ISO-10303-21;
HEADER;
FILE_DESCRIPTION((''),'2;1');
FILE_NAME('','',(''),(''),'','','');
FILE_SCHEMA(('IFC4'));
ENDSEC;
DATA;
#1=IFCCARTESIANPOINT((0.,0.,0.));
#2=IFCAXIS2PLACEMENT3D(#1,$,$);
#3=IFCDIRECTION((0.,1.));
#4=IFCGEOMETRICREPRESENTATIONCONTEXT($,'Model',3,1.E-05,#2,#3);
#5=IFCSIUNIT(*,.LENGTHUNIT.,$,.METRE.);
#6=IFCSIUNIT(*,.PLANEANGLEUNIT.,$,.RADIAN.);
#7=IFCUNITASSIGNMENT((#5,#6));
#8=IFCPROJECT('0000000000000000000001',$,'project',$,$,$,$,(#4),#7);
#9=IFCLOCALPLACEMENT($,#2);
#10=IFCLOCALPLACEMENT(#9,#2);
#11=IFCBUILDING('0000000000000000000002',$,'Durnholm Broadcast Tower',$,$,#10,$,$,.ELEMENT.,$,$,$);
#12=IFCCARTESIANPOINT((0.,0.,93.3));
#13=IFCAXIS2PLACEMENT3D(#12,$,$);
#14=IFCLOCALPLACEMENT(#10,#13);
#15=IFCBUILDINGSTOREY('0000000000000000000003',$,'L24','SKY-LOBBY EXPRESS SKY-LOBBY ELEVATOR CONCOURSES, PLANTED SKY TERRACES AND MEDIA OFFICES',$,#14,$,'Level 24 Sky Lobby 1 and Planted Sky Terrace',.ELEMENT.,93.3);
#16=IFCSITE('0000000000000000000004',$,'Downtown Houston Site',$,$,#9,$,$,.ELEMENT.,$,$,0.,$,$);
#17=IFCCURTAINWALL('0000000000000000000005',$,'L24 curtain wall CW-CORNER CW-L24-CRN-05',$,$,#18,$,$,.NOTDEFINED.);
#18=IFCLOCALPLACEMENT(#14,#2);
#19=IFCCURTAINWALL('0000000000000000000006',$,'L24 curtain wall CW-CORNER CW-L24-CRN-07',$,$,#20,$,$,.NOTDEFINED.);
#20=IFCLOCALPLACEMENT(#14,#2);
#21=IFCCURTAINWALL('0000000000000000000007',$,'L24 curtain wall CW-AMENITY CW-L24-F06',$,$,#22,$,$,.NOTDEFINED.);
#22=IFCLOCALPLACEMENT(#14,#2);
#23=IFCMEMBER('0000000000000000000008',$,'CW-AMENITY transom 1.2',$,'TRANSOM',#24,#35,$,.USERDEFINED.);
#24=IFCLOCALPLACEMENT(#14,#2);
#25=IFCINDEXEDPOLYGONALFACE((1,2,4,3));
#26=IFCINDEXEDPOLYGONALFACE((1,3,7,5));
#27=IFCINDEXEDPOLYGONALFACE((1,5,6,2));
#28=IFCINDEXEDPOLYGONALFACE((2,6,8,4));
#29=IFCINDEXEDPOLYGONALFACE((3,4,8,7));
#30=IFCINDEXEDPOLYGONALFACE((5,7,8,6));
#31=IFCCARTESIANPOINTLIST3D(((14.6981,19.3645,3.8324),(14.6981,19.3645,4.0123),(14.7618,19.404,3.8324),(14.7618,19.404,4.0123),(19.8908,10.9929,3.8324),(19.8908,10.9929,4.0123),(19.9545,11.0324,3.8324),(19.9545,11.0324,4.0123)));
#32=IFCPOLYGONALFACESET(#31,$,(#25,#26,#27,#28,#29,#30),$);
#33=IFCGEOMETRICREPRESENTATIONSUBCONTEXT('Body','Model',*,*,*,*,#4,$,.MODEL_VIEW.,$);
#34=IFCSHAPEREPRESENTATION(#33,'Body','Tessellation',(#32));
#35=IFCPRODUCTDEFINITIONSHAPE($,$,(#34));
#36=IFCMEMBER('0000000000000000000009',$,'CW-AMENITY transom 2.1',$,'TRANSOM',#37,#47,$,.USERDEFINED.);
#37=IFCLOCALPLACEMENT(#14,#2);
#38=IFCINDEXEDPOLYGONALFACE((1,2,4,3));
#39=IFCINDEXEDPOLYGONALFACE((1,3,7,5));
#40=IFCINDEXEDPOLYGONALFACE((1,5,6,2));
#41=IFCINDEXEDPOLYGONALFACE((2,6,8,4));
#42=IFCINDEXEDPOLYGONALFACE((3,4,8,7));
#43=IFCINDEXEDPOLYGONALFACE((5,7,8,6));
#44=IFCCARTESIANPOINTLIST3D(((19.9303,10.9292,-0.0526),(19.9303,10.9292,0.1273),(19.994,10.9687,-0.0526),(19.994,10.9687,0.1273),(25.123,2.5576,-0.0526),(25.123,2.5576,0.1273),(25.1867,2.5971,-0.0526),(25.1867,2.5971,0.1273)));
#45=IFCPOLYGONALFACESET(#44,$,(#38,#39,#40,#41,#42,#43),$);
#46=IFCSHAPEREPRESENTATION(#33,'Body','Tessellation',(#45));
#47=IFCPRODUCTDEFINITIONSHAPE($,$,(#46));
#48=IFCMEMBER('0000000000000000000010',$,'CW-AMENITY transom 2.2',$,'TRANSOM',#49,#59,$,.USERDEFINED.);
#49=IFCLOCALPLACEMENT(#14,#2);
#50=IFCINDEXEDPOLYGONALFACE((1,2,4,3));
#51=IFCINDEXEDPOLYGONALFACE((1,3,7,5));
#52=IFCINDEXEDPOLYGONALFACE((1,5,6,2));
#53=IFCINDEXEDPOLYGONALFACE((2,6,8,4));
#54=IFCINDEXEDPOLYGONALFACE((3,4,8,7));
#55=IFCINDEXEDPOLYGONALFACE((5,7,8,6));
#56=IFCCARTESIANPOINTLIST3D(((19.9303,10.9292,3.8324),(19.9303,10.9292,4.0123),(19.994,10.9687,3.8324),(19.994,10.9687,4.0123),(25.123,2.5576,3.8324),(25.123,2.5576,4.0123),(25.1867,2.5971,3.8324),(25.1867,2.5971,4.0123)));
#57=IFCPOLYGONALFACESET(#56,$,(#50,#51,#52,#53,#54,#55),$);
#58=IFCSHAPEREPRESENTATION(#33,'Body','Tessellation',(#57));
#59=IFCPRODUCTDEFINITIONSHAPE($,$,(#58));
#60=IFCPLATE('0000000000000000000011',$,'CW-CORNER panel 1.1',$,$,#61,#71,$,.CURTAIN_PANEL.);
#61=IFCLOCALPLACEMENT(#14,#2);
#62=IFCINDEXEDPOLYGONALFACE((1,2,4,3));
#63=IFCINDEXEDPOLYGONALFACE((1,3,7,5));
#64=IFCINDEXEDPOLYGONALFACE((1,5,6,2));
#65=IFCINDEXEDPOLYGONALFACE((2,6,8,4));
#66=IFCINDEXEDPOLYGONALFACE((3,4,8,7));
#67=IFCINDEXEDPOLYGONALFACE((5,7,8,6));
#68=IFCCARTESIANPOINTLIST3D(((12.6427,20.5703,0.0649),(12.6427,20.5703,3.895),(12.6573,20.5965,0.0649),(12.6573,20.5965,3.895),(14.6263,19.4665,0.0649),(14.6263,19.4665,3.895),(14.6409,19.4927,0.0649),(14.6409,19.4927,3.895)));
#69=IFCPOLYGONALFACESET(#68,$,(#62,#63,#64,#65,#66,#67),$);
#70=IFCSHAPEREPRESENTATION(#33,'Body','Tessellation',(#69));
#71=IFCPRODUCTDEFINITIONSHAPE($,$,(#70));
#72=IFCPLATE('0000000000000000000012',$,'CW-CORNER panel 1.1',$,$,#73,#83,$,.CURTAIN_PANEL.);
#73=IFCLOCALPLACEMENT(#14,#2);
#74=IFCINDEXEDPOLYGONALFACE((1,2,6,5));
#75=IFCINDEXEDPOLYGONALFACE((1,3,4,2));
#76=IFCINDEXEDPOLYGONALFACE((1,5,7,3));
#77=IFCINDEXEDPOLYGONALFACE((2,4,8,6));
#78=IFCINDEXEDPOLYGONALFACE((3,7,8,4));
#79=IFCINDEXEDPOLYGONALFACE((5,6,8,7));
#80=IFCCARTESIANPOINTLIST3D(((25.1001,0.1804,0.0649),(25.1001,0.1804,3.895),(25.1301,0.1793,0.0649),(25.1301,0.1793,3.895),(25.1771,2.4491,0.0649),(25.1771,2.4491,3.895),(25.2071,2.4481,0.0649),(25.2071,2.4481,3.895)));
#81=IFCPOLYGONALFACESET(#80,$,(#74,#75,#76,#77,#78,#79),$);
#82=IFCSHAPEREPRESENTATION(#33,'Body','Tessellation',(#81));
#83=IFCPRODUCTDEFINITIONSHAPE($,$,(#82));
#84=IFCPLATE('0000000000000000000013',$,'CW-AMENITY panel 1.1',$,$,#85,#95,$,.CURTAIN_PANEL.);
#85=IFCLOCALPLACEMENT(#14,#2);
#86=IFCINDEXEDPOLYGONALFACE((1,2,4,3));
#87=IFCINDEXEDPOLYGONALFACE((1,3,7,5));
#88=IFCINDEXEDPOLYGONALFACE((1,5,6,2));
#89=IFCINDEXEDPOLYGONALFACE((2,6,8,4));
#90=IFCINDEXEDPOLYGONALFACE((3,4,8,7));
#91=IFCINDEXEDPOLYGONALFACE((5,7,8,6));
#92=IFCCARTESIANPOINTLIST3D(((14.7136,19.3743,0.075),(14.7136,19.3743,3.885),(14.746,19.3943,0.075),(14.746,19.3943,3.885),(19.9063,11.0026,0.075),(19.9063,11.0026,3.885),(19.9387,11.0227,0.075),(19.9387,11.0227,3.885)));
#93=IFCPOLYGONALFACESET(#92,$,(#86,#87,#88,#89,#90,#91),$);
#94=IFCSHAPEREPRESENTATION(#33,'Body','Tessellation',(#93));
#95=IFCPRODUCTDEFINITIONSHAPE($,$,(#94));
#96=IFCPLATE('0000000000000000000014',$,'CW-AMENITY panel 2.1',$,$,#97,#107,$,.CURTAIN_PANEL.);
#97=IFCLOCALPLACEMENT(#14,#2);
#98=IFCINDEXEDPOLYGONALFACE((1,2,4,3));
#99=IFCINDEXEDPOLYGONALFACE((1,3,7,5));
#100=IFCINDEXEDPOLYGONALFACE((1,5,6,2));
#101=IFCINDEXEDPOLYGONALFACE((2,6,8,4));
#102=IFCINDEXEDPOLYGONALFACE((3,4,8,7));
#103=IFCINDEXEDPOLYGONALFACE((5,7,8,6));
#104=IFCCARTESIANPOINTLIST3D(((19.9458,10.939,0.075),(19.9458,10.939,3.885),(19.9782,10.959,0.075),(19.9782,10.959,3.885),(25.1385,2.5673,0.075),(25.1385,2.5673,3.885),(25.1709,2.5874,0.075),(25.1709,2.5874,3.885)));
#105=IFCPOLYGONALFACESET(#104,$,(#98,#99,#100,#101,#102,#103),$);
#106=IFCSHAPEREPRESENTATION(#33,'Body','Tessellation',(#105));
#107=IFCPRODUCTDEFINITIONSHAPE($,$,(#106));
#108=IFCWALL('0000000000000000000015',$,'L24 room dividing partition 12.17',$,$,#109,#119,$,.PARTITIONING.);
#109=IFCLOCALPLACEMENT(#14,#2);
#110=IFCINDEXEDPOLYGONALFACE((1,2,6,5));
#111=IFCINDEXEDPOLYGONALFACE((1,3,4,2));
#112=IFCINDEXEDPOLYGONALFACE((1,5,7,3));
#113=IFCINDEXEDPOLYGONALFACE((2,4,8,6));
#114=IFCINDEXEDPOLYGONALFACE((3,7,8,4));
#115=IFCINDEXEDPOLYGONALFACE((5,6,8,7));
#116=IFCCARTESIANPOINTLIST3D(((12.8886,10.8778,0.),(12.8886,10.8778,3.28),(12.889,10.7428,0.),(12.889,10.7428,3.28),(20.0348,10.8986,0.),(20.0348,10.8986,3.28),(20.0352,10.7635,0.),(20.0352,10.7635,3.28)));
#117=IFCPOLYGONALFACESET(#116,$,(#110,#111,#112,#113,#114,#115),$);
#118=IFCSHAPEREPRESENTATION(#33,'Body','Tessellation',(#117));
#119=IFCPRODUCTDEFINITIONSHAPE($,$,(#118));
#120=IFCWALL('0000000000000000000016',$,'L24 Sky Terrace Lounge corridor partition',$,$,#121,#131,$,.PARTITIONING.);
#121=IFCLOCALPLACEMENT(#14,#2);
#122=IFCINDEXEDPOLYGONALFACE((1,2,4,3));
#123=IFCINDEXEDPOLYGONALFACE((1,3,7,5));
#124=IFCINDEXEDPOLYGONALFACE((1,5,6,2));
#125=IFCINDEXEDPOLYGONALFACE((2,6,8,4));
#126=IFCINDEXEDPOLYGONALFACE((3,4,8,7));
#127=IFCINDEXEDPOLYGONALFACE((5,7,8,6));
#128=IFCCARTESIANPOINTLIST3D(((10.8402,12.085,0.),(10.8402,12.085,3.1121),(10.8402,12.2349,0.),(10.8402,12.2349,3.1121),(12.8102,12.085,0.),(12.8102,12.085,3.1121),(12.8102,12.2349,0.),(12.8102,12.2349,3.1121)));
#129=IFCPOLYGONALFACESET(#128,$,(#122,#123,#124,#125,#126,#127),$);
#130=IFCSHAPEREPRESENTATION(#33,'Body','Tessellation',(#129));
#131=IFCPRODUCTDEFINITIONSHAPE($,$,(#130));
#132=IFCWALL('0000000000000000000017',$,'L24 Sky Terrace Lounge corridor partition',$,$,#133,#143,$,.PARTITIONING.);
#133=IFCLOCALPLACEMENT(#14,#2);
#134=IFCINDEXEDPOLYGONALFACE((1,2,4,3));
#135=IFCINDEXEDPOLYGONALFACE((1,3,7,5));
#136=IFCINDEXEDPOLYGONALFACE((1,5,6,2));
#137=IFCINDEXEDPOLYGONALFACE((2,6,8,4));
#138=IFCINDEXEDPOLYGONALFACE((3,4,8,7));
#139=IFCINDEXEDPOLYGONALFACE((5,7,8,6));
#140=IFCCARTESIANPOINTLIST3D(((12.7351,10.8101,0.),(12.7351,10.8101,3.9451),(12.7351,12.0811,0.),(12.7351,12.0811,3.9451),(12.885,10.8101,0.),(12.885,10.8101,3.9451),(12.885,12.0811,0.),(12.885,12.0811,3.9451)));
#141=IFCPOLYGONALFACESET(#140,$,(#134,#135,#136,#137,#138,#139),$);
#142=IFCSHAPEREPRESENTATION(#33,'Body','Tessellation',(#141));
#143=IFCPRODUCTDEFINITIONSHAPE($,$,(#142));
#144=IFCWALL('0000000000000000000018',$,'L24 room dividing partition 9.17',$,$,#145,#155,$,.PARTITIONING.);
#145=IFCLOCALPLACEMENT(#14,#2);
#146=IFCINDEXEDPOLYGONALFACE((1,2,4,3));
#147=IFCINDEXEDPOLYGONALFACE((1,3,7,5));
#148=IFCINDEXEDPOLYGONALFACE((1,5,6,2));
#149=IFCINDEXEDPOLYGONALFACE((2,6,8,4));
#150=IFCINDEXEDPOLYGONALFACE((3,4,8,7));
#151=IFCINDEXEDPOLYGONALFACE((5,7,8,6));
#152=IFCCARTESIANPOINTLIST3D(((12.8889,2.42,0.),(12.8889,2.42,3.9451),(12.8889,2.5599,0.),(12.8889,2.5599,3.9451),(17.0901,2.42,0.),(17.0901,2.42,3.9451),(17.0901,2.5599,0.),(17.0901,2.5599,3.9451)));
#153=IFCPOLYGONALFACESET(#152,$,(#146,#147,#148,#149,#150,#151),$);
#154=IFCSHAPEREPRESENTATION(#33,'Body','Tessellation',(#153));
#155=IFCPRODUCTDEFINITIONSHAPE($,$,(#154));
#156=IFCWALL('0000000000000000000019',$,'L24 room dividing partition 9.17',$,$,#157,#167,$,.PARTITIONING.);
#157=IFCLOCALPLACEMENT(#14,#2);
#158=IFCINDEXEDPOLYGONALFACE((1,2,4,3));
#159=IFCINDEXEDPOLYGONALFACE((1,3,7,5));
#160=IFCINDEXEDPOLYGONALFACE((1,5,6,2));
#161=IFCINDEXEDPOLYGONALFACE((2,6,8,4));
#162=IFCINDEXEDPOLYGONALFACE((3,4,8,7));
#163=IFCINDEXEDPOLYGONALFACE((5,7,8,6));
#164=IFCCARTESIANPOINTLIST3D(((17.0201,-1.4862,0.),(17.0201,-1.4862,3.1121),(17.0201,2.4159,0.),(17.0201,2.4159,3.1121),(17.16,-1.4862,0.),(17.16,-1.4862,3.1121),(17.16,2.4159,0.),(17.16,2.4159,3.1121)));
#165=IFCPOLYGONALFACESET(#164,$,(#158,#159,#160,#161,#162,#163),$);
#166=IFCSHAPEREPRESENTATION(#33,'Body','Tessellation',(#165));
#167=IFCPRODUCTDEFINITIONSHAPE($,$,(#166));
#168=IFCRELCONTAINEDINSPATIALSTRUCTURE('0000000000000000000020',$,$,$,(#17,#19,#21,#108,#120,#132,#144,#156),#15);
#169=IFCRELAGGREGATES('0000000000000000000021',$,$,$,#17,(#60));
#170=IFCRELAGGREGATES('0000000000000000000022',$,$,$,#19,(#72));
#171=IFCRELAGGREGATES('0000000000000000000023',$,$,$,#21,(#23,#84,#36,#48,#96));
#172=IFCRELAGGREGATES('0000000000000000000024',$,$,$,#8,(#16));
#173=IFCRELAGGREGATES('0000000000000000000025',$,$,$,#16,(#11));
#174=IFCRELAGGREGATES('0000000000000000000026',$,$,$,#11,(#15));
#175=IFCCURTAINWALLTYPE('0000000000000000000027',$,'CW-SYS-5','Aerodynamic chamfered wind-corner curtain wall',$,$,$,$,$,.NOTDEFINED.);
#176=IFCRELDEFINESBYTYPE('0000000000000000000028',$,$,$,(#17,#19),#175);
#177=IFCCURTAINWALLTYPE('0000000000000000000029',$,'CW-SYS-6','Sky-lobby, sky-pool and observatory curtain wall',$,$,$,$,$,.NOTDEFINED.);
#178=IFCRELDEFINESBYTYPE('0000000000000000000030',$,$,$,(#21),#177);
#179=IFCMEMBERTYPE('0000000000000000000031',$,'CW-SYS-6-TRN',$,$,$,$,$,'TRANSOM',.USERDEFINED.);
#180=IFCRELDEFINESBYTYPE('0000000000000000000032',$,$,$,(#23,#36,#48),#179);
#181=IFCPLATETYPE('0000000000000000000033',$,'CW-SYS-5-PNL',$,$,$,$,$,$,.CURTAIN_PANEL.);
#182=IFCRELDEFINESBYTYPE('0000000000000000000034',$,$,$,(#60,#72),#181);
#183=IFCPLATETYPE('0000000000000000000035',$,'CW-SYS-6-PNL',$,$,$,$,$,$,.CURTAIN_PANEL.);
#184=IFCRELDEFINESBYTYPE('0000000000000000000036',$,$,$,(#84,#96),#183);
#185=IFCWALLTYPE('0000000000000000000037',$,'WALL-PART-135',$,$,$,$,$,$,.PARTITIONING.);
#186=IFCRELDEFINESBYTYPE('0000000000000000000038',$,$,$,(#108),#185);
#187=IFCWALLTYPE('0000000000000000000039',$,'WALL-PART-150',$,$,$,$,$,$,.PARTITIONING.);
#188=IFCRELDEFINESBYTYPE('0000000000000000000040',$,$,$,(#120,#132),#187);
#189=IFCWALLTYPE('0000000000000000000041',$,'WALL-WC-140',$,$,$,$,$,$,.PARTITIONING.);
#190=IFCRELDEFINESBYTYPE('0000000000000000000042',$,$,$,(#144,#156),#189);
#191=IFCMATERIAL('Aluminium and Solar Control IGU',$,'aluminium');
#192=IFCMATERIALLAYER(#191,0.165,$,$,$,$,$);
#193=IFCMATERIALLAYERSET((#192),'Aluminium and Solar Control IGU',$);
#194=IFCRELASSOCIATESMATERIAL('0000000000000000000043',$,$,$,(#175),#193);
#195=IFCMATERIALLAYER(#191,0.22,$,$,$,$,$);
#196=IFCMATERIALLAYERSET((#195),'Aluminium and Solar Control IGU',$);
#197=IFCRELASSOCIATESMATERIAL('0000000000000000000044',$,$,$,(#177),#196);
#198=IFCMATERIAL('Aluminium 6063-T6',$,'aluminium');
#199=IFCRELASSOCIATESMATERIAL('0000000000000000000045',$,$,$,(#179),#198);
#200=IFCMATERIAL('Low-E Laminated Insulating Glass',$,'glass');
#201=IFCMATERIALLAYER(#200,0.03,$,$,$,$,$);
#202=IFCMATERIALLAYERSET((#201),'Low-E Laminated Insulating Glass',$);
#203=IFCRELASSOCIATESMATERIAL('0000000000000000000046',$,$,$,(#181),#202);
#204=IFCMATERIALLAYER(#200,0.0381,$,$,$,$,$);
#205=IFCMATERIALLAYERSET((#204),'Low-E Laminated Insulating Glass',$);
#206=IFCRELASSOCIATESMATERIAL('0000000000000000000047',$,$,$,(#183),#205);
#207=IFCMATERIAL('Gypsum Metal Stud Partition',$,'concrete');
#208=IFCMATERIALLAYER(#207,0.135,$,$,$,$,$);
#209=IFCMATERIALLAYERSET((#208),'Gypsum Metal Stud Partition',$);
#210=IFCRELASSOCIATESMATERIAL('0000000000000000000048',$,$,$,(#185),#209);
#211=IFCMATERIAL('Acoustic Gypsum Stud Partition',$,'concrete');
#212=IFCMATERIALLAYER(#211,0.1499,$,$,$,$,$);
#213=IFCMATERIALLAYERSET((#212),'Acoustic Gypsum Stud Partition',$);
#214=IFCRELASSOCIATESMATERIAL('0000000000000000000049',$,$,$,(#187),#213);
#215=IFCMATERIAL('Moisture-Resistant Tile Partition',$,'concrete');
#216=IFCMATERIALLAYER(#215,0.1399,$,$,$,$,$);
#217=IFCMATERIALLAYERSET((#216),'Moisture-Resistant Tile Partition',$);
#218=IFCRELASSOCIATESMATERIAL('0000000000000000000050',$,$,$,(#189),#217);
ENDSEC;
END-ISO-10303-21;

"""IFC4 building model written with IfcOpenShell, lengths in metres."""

from ifc_helpers import new_model, si_unit, direction, frame, frame_2d, origin, origin_2d, place, context, subcontext, project, spatial, rectangle, extrude, source, transform, mapped, material, layer, layer_set, material_profile, profile_set, type_object, type_shapes, element, aggregate, save


model = new_model("IFC4")

# Units and contexts
model_context = context("Model", 3, precision=1e-05, world=origin(), true_north=direction((0.0, 1.0)))
body_context = subcontext(model_context, "Body", "Model", "MODEL_VIEW")
ifc_project = project(units=[si_unit("LENGTHUNIT", "METRE"), si_unit("PLANEANGLEUNIT", "RADIAN")], contexts=[model_context])

# Site, building, storey
site_placement = place(None, origin())
site = spatial("IfcSite", under=ifc_project, at=site_placement, Name="Downtown Houston Site", CompositionType="ELEMENT", RefElevation=0.0)
building_placement = place(site_placement, origin())
building = spatial("IfcBuilding", under=site, at=building_placement, Name="Durnholm Broadcast Tower", CompositionType="ELEMENT")
storey_placement = place(building_placement, frame((0.0, 0.0, 93.3)))
storey = spatial("IfcBuildingStorey", under=building, at=storey_placement, Name="L24", Description="SKY-LOBBY EXPRESS SKY-LOBBY ELEVATOR CONCOURSES, PLANTED SKY TERRACES AND MEDIA OFFICES", LongName="Level 24 Sky Lobby 1 and Planted Sky Terrace", CompositionType="ELEMENT", Elevation=93.3)

# Curtain wall
ifc_material_1 = material(Name="Aluminium and Solar Control IGU", Category="aluminium")
ifc_layer_1 = layer(ifc_material_1, 0.165)
ifc_layer_set_1 = layer_set([ifc_layer_1], Name="Aluminium and Solar Control IGU")
curtain_wall_type_1 = type_object("IfcCurtainWallType", Name="CW-SYS-5", Description="Aerodynamic chamfered wind-corner curtain wall", PredefinedType="NOTDEFINED", material=ifc_layer_set_1)
curtain_wall_1_placement = place(storey_placement, origin())
curtain_wall_1 = element("IfcCurtainWall", 1, at=curtain_wall_1_placement, inside=storey, type_object=curtain_wall_type_1, Name="L24 curtain wall CW-CORNER CW-L24-CRN-05", PredefinedType="NOTDEFINED")
ifc_material_2 = material(Name="Aluminium 6063-T6", Category="aluminium")

# Curtain walls, members
curtain_wall_2_placement = place(storey_placement, origin())
curtain_wall_2 = element("IfcCurtainWall", 2, at=curtain_wall_2_placement, inside=storey, type_object=curtain_wall_type_1, Name="L24 curtain wall CW-CORNER CW-L24-CRN-07", PredefinedType="NOTDEFINED")
ifc_layer_2 = layer(ifc_material_1, 0.22)
ifc_layer_set_2 = layer_set([ifc_layer_2], Name="Aluminium and Solar Control IGU")
curtain_wall_type_2 = type_object("IfcCurtainWallType", Name="CW-SYS-6", Description="Sky-lobby, sky-pool and observatory curtain wall", PredefinedType="NOTDEFINED", material=ifc_layer_set_2)
curtain_wall_3_placement = place(storey_placement, origin())
curtain_wall_3 = element("IfcCurtainWall", 3, at=curtain_wall_3_placement, inside=storey, type_object=curtain_wall_type_2, Name="L24 curtain wall CW-AMENITY CW-L24-F06", PredefinedType="NOTDEFINED")
ifc_material_profile_1 = material_profile(ifc_material_2, rectangle(XDim=0.075, YDim=0.1799, at=origin_2d()), Name="CWT75X180")
ifc_profile_set_1 = profile_set([ifc_material_profile_1], Name="Aluminium 6063-T6")
member_type_1 = type_object("IfcMemberType", Name="CW-SYS-6-TRN", ElementType="TRANSOM", PredefinedType="USERDEFINED", material=ifc_profile_set_1)
shared_shape_1 = source(origin(), body_context, "Body", "SweptSolid", [
    extrude(rectangle(XDim=0.075, YDim=0.1799, at=origin_2d()), origin(), (0.0, 0.0, 1.0), 9.8513),
])
type_shapes(member_type_1, [shared_shape_1])
member_1_placement = place(storey_placement, frame((14.73, 19.3843, 3.9224), z_axis=(0.527104, -0.849801, 0.0), x_axis=(0.849801, 0.527104, 0.0)))
member_1 = element("IfcMember", 4, at=member_1_placement, type_object=member_type_1, Name="CW-AMENITY transom 1.2", ObjectType="TRANSOM", PredefinedType="USERDEFINED", context=body_context, shape_type="MappedRepresentation", body=[
    mapped(shared_shape_1, transform((0.0, 0.0, 0.0), x_axis=(1.0, 0.0, 0.0), y_axis=(0.0, 1.0, 0.0), z_axis=(0.0, 0.0, 1.0), scale=1.0)),
])
member_2_placement = place(storey_placement, frame((19.9622, 10.949, 0.0374), z_axis=(0.527104, -0.849801, 0.0), x_axis=(0.849801, 0.527104, 0.0)))
member_2 = element("IfcMember", 5, at=member_2_placement, type_object=member_type_1, Name="CW-AMENITY transom 2.1", ObjectType="TRANSOM", PredefinedType="USERDEFINED", context=body_context, shape_type="MappedRepresentation", body=[
    mapped(shared_shape_1, transform((0.0, 0.0, 0.0), x_axis=(1.0, 0.0, 0.0), y_axis=(0.0, 1.0, 0.0), z_axis=(0.0, 0.0, 1.0), scale=1.0)),
])
member_3_placement = place(storey_placement, frame((19.9622, 10.949, 3.9224), z_axis=(0.527104, -0.849801, 0.0), x_axis=(0.849801, 0.527104, 0.0)))
member_3 = element("IfcMember", 6, at=member_3_placement, type_object=member_type_1, Name="CW-AMENITY transom 2.2", ObjectType="TRANSOM", PredefinedType="USERDEFINED", context=body_context, shape_type="MappedRepresentation", body=[
    mapped(shared_shape_1, transform((0.0, 0.0, 0.0), x_axis=(1.0, 0.0, 0.0), y_axis=(0.0, 1.0, 0.0), z_axis=(0.0, 0.0, 1.0), scale=1.0)),
])

# Plates
ifc_material_3 = material(Name="Low-E Laminated Insulating Glass", Category="glass")
ifc_layer_3 = layer(ifc_material_3, 0.03)
ifc_layer_set_3 = layer_set([ifc_layer_3], Name="Low-E Laminated Insulating Glass")
plate_type_1 = type_object("IfcPlateType", Name="CW-SYS-5-PNL", PredefinedType="CURTAIN_PANEL", material=ifc_layer_set_3)
shared_shape_2 = source(origin(), body_context, "Body", "SweptSolid", [
    extrude(rectangle(XDim=2.27, YDim=0.03, at=origin_2d()), origin(), (0.0, 0.0, 1.0), 3.8301),
])
type_shapes(plate_type_1, [shared_shape_2])
plate_1_placement = place(storey_placement, frame((13.6418, 20.0315, 0.0649), z_axis=(0.0, 0.0, 1.0), x_axis=(0.873823, -0.486244, 0.0)))
plate_1 = element("IfcPlate", 7, at=plate_1_placement, type_object=plate_type_1, Name="CW-CORNER panel 1.1", PredefinedType="CURTAIN_PANEL", context=body_context, shape_type="MappedRepresentation", body=[
    mapped(shared_shape_2, transform((0.0, 0.0, 0.0), x_axis=(1.0, 0.0, 0.0), y_axis=(0.0, 1.0, 0.0), z_axis=(0.0, 0.0, 1.0), scale=1.0)),
])
aggregate(curtain_wall_1, [plate_1])
plate_2_placement = place(storey_placement, frame((25.1536, 1.3142, 0.0649), z_axis=(0.0, 0.0, 1.0), x_axis=(-0.033917, -0.999425, 0.0)))
plate_2 = element("IfcPlate", 8, at=plate_2_placement, type_object=plate_type_1, Name="CW-CORNER panel 1.1", PredefinedType="CURTAIN_PANEL", context=body_context, shape_type="MappedRepresentation", body=[
    mapped(shared_shape_2, transform((0.0, 0.0, 0.0), x_axis=(1.0, 0.0, 0.0), y_axis=(0.0, 1.0, 0.0), z_axis=(0.0, 0.0, 1.0), scale=1.0)),
])
aggregate(curtain_wall_2, [plate_2])
ifc_layer_4 = layer(ifc_material_3, 0.0381)
ifc_layer_set_4 = layer_set([ifc_layer_4], Name="Low-E Laminated Insulating Glass")
plate_type_2 = type_object("IfcPlateType", Name="CW-SYS-6-PNL", PredefinedType="CURTAIN_PANEL", material=ifc_layer_set_4)
shared_shape_3 = source(origin(), body_context, "Body", "SweptSolid", [
    extrude(rectangle(XDim=9.8513, YDim=0.0381, at=origin_2d()), origin(), (0.0, 0.0, 1.0), 3.8101),
])
type_shapes(plate_type_2, [shared_shape_3])
plate_3_placement = place(storey_placement, frame((17.3262, 15.1985, 0.075), z_axis=(0.0, 0.0, 1.0), x_axis=(0.527105, -0.8498, 0.0)))
plate_3 = element("IfcPlate", 9, at=plate_3_placement, type_object=plate_type_2, Name="CW-AMENITY panel 1.1", PredefinedType="CURTAIN_PANEL", context=body_context, shape_type="MappedRepresentation", body=[
    mapped(shared_shape_3, transform((0.0, 0.0, 0.0), x_axis=(1.0, 0.0, 0.0), y_axis=(0.0, 1.0, 0.0), z_axis=(0.0, 0.0, 1.0), scale=1.0)),
])
plate_4_placement = place(storey_placement, frame((22.5583, 6.7632, 0.075), z_axis=(0.0, 0.0, 1.0), x_axis=(0.527105, -0.8498, 0.0)))
plate_4 = element("IfcPlate", 10, at=plate_4_placement, type_object=plate_type_2, Name="CW-AMENITY panel 2.1", PredefinedType="CURTAIN_PANEL", context=body_context, shape_type="MappedRepresentation", body=[
    mapped(shared_shape_3, transform((0.0, 0.0, 0.0), x_axis=(1.0, 0.0, 0.0), y_axis=(0.0, 1.0, 0.0), z_axis=(0.0, 0.0, 1.0), scale=1.0)),
])
aggregate(curtain_wall_3, [member_1, plate_3, member_2, member_3, plate_4])

# Walls
ifc_material_4 = material(Name="Gypsum Metal Stud Partition", Category="concrete")
ifc_layer_5 = layer(ifc_material_4, 0.135)
ifc_layer_set_5 = layer_set([ifc_layer_5], Name="Gypsum Metal Stud Partition")
wall_type_1 = type_object("IfcWallType", Name="WALL-PART-135", PredefinedType="PARTITIONING", material=ifc_layer_set_5)
wall_1_placement = place(storey_placement, frame((20.0352, 10.8311, 0.0), z_axis=(0.0, 0.0, 1.0), x_axis=(-0.999996, -0.002904, 0.0)))
element("IfcWall", 11, at=wall_1_placement, inside=storey, type_object=wall_type_1, Name="L24 room dividing partition 12.17", PredefinedType="PARTITIONING", context=body_context, shape_type="SweptSolid", body=[
    extrude(rectangle(XDim=7.1462, YDim=0.135, at=frame_2d((3.5732, 0.0))), origin(), (0.0, 0.0, 1.0), 3.28),
])
ifc_material_5 = material(Name="Acoustic Gypsum Stud Partition", Category="concrete")
ifc_layer_6 = layer(ifc_material_5, 0.1499)
ifc_layer_set_6 = layer_set([ifc_layer_6], Name="Acoustic Gypsum Stud Partition")
wall_type_2 = type_object("IfcWallType", Name="WALL-PART-150", PredefinedType="PARTITIONING", material=ifc_layer_set_6)
wall_2_placement = place(storey_placement, frame((12.8101, 12.1599, 0.0), z_axis=(0.0, 0.0, 1.0), x_axis=(-1.0, 0.0, 0.0)))
element("IfcWall", 12, at=wall_2_placement, inside=storey, type_object=wall_type_2, Name="L24 Sky Terrace Lounge corridor partition", PredefinedType="PARTITIONING", context=body_context, shape_type="SweptSolid", body=[
    extrude(rectangle(XDim=1.97, YDim=0.1499, at=frame_2d((0.9849, 0.0))), origin(), (0.0, 0.0, 1.0), 3.1121),
])
wall_3_placement = place(storey_placement, frame((12.8101, 10.8101, 0.0), z_axis=(0.0, 0.0, 1.0), x_axis=(0.0, 1.0, 0.0)))
element("IfcWall", 13, at=wall_3_placement, inside=storey, type_object=wall_type_2, Name="L24 Sky Terrace Lounge corridor partition", PredefinedType="PARTITIONING", context=body_context, shape_type="SweptSolid", body=[
    extrude(rectangle(XDim=1.271, YDim=0.1499, at=frame_2d((0.6355, 0.0))), origin(), (0.0, 0.0, 1.0), 3.9451),
])
ifc_material_6 = material(Name="Moisture-Resistant Tile Partition", Category="concrete")
ifc_layer_7 = layer(ifc_material_6, 0.1399)
ifc_layer_set_7 = layer_set([ifc_layer_7], Name="Moisture-Resistant Tile Partition")
wall_type_3 = type_object("IfcWallType", Name="WALL-WC-140", PredefinedType="PARTITIONING", material=ifc_layer_set_7)
wall_4_placement = place(storey_placement, frame((12.8889, 2.49, 0.0), z_axis=(0.0, 0.0, 1.0), x_axis=(1.0, 0.0, 0.0)))
element("IfcWall", 14, at=wall_4_placement, inside=storey, type_object=wall_type_3, Name="L24 room dividing partition 9.17", PredefinedType="PARTITIONING", context=body_context, shape_type="SweptSolid", body=[
    extrude(rectangle(XDim=4.2012, YDim=0.1399, at=frame_2d((2.1006, 0.0))), origin(), (0.0, 0.0, 1.0), 3.9451),
])
wall_5_placement = place(storey_placement, frame((17.0901, 2.416, 0.0), z_axis=(0.0, 0.0, 1.0), x_axis=(0.0, -1.0, 0.0)))
element("IfcWall", 15, at=wall_5_placement, inside=storey, type_object=wall_type_3, Name="L24 room dividing partition 9.17", PredefinedType="PARTITIONING", context=body_context, shape_type="SweptSolid", body=[
    extrude(rectangle(XDim=3.9021, YDim=0.1399, at=frame_2d((1.9512, 0.0))), origin(), (0.0, 0.0, 1.0), 3.1121),
])

save(model, "model.ifc")
